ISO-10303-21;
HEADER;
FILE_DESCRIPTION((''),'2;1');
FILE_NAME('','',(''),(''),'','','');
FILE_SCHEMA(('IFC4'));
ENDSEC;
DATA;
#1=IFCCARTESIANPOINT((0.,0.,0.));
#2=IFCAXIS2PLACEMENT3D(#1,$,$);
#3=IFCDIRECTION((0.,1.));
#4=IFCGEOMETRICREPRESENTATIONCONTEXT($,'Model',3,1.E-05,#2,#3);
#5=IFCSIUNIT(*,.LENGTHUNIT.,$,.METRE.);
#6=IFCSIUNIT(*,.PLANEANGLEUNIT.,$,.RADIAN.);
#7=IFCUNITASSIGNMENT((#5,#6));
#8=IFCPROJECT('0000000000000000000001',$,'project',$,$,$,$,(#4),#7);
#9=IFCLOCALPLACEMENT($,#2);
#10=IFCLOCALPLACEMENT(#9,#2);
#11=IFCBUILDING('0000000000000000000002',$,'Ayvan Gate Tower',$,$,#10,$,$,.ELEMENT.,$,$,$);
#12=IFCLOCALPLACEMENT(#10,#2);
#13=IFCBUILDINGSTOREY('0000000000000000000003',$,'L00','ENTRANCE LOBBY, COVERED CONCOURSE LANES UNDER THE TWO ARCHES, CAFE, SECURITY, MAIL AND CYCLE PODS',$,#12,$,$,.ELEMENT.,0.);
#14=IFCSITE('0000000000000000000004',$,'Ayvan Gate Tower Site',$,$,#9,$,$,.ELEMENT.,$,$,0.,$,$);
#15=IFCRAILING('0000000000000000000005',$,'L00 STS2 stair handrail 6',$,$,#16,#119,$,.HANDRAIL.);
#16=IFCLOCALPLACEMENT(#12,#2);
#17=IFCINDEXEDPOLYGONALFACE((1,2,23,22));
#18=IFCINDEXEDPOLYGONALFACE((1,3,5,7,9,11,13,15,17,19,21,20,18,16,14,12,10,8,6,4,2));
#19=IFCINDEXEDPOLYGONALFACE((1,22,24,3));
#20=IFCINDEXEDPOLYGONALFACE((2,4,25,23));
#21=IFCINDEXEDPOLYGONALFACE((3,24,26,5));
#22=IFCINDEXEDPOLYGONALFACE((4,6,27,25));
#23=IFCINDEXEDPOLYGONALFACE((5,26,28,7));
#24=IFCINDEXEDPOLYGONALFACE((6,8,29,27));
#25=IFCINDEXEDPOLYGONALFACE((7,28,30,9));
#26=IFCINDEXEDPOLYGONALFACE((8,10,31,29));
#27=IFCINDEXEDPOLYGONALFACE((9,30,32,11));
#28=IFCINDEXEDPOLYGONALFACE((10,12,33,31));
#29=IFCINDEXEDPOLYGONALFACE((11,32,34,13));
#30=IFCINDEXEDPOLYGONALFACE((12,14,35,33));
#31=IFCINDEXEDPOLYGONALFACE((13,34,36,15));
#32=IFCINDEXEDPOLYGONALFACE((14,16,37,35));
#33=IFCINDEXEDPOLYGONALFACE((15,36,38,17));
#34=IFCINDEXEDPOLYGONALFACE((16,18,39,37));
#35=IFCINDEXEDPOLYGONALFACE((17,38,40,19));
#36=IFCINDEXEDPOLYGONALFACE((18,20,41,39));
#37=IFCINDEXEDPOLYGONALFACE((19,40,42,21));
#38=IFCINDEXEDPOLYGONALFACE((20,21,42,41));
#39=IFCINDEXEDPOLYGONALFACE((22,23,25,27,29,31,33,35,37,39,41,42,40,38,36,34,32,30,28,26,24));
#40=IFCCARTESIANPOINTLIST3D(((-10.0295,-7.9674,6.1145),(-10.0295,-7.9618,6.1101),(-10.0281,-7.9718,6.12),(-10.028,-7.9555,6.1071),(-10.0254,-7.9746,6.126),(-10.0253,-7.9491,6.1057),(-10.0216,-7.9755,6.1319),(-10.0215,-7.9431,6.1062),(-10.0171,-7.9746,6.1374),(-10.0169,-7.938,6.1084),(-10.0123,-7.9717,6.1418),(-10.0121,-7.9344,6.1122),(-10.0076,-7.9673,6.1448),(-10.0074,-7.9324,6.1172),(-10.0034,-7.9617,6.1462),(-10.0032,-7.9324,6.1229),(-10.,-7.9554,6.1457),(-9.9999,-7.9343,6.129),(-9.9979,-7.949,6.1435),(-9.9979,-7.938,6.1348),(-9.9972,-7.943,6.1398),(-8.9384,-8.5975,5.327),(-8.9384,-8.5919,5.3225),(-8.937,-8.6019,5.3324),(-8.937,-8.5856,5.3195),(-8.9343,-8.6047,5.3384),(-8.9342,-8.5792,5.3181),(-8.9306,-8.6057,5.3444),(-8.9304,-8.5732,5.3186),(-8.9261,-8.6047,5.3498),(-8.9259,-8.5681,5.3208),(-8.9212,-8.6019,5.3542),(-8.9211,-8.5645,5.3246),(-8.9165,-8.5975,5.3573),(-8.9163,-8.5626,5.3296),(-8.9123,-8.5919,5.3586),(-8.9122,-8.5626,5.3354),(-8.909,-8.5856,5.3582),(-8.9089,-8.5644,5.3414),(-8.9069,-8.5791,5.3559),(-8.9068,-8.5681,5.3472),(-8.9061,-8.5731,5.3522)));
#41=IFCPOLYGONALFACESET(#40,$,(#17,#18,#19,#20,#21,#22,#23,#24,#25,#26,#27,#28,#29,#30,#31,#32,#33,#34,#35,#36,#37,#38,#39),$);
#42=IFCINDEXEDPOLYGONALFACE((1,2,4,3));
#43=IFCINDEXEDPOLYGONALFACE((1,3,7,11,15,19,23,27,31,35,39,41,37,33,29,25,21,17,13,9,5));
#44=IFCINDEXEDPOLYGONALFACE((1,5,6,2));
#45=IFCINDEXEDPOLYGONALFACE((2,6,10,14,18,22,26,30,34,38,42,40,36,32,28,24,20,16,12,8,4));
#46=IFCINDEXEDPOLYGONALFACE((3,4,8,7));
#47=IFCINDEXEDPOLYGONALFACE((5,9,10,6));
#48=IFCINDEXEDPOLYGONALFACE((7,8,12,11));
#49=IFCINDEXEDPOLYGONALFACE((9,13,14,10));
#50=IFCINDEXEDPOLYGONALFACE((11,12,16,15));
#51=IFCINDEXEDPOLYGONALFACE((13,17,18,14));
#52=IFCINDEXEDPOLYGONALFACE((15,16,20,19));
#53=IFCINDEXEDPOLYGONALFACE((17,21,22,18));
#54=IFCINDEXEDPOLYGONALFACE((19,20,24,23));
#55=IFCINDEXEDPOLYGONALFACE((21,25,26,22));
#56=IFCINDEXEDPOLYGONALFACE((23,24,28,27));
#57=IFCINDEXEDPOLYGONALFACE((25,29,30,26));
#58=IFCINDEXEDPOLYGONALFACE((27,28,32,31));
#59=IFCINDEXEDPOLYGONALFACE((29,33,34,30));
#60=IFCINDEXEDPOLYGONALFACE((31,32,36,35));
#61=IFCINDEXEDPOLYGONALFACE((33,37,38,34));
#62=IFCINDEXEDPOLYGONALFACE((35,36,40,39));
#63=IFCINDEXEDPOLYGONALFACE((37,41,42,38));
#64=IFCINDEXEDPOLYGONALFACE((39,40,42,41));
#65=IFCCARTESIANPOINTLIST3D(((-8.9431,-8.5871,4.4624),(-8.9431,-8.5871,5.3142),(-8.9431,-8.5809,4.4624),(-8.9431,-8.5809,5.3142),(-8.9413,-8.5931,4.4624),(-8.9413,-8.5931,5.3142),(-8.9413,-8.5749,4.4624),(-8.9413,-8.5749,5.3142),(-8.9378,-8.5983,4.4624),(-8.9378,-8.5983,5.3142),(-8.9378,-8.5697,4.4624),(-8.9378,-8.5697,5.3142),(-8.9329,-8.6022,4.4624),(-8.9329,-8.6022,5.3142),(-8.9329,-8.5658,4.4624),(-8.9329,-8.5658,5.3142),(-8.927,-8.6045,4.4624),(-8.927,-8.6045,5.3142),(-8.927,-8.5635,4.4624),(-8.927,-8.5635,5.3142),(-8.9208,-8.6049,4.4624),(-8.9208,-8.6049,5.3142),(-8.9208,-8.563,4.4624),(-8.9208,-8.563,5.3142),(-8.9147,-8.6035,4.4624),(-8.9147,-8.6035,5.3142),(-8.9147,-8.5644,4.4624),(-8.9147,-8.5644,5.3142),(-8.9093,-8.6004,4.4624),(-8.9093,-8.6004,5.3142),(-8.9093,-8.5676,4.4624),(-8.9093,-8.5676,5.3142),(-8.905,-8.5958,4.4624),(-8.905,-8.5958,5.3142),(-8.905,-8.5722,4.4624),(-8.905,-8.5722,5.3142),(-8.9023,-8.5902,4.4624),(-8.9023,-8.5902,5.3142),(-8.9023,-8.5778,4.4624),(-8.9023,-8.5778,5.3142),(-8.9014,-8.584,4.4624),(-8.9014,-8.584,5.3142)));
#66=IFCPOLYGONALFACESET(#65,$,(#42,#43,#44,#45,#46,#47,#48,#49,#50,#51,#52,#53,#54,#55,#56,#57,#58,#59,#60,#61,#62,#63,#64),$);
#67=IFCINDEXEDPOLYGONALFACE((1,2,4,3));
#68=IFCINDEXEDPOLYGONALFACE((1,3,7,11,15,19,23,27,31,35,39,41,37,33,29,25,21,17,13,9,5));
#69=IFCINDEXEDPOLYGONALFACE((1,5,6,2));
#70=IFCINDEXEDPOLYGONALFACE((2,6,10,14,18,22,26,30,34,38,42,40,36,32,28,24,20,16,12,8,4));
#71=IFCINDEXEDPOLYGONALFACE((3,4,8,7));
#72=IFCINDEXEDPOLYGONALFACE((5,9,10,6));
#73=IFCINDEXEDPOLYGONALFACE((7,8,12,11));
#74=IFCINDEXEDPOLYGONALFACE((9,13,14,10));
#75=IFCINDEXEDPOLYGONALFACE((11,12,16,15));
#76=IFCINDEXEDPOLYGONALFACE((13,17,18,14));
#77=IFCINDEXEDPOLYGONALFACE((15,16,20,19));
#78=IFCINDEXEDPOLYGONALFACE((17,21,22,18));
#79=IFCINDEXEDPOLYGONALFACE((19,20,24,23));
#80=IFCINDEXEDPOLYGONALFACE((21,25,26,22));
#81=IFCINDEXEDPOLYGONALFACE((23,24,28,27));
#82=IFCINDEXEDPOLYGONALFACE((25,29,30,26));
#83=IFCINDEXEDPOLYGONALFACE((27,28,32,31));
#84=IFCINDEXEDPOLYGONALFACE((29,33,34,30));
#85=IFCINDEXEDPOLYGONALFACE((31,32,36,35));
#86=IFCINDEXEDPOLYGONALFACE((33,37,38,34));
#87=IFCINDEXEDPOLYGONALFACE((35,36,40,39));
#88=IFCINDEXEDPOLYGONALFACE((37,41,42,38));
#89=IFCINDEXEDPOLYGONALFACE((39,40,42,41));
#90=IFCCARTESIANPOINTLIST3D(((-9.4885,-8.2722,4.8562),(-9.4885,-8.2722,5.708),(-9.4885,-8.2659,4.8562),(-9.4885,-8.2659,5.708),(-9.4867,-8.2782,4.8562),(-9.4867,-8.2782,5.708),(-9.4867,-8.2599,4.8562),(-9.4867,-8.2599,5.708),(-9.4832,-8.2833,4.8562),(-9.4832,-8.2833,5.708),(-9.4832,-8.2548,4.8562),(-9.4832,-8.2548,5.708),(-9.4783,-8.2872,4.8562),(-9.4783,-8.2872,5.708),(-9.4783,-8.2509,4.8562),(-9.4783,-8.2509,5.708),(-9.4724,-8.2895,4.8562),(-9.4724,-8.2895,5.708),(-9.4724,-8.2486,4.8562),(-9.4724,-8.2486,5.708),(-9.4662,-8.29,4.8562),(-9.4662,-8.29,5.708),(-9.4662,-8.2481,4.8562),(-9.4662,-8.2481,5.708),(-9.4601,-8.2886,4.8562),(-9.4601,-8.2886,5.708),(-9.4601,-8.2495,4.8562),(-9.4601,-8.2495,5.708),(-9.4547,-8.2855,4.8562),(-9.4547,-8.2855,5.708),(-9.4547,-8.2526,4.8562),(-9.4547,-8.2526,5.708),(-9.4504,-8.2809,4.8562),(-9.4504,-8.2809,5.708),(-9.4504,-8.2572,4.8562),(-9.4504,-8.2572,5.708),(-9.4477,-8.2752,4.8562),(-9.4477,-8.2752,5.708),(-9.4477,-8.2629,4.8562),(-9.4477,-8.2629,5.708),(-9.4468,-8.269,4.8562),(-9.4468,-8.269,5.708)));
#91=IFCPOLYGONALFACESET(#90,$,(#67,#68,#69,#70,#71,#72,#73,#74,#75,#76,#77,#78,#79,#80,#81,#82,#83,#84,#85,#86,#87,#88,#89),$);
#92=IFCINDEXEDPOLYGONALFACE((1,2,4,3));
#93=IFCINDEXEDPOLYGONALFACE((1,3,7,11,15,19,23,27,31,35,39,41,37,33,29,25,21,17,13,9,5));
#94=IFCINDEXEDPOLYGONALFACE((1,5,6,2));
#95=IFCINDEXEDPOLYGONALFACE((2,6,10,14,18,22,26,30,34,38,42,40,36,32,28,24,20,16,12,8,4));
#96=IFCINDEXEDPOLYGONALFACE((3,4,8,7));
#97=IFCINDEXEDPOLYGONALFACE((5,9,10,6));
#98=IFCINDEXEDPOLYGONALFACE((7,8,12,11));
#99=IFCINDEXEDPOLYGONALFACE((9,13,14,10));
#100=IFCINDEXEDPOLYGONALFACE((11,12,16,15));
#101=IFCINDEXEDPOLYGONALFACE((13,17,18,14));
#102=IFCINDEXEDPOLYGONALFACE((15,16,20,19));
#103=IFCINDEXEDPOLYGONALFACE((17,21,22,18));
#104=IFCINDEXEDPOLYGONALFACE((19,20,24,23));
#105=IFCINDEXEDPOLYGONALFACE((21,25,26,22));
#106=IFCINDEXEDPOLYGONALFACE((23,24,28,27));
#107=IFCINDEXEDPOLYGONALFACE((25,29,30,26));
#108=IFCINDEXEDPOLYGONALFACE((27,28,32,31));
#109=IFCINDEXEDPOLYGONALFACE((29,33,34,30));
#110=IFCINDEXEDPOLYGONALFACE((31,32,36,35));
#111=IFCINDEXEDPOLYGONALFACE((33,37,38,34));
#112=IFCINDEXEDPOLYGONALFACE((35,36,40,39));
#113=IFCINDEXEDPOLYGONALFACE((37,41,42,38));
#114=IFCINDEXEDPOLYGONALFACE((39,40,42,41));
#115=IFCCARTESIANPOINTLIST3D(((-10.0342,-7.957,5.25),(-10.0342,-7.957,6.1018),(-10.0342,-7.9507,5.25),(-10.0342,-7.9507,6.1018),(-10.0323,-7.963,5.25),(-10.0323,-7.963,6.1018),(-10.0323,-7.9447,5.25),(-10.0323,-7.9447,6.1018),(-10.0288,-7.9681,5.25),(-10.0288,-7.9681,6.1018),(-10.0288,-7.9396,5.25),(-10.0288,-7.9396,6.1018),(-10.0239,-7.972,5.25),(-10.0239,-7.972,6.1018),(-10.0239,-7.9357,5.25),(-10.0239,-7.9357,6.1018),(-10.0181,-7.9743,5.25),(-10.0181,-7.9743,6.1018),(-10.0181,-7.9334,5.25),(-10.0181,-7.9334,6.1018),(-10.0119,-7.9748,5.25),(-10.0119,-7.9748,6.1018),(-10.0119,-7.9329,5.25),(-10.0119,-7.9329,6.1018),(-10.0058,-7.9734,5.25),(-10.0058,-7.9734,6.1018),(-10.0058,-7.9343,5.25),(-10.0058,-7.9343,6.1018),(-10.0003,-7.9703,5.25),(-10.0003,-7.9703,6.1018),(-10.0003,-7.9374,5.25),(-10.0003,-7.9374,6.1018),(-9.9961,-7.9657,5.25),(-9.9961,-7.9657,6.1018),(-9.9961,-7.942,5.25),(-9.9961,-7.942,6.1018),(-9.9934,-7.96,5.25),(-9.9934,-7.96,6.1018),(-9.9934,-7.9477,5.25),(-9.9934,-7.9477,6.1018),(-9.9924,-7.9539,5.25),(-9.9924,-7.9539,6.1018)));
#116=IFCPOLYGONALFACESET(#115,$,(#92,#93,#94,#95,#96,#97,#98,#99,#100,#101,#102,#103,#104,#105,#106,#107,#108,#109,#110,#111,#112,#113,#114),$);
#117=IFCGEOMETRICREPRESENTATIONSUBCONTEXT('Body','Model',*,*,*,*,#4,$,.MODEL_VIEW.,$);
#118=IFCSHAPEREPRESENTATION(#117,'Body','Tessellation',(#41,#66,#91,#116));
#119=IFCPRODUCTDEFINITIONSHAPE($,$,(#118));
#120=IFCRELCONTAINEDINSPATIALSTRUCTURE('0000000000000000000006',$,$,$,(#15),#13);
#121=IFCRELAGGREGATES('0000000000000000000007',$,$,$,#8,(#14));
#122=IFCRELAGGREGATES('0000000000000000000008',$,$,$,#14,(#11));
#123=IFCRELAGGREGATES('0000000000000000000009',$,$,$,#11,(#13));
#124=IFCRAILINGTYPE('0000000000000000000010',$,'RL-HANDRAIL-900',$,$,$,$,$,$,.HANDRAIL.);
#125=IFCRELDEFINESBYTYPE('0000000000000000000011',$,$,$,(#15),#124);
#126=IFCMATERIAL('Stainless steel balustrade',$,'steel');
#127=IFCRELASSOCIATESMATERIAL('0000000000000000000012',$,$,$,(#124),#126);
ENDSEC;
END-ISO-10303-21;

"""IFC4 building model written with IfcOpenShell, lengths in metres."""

from ifc_helpers import new_model, si_unit, direction, frame, origin, origin_2d, place, context, subcontext, project, spatial, circle, extrude, material, type_object, element, save


model = new_model("IFC4")

# Units and contexts
model_context = context("Model", 3, precision=1e-05, world=origin(), true_north=direction((0.0, 1.0)))
body_context = subcontext(model_context, "Body", "Model", "MODEL_VIEW")
ifc_project = project(units=[si_unit("LENGTHUNIT", "METRE"), si_unit("PLANEANGLEUNIT", "RADIAN")], contexts=[model_context])

# Site, building, storey
site_placement = place(None, origin())
site = spatial("IfcSite", under=ifc_project, at=site_placement, Name="Ayvan Gate Tower Site", CompositionType="ELEMENT", RefElevation=0.0)
building_placement = place(site_placement, origin())
building = spatial("IfcBuilding", under=site, at=building_placement, Name="Ayvan Gate Tower", CompositionType="ELEMENT")
storey_placement = place(building_placement, origin())
storey = spatial("IfcBuildingStorey", under=building, at=storey_placement, Name="L00", Description="ENTRANCE LOBBY, COVERED CONCOURSE LANES UNDER THE TWO ARCHES, CAFE, SECURITY, MAIL AND CYCLE PODS", CompositionType="ELEMENT", Elevation=0.0)

# Railing
ifc_material_1 = material(Name="Stainless steel balustrade", Category="steel")
railing_type_1 = type_object("IfcRailingType", Name="RL-HANDRAIL-900", PredefinedType="HANDRAIL", material=ifc_material_1)
railing_1_placement = place(storey_placement, frame((-8.9224, -8.584, 4.4624)))
element("IfcRailing", 1, at=railing_1_placement, inside=storey, type_object=railing_type_1, Name="L00 STS2 stair handrail 6", PredefinedType="HANDRAIL", context=body_context, shape_type="SweptSolid", body=[
    extrude(circle(Radius=0.0239, at=origin_2d()), frame((0.0, 0.0, 0.876), z_axis=(-0.734296, 0.424081, 0.53006), x_axis=(-0.500119, -0.865956, 0.0)), (0.0, 0.0, 1.0), 1.4858),
    extrude(circle(Radius=0.021, at=origin_2d()), origin(), (0.0, 0.0, 1.0), 0.8518),
    extrude(circle(Radius=0.021, at=origin_2d()), frame((-0.5454, 0.3149, 0.3938)), (0.0, 0.0, 1.0), 0.8518),
    extrude(circle(Radius=0.021, at=origin_2d()), frame((-1.0911, 0.6301, 0.7876)), (0.0, 0.0, 1.0), 0.8518),
])

save(model, "model.ifc")
